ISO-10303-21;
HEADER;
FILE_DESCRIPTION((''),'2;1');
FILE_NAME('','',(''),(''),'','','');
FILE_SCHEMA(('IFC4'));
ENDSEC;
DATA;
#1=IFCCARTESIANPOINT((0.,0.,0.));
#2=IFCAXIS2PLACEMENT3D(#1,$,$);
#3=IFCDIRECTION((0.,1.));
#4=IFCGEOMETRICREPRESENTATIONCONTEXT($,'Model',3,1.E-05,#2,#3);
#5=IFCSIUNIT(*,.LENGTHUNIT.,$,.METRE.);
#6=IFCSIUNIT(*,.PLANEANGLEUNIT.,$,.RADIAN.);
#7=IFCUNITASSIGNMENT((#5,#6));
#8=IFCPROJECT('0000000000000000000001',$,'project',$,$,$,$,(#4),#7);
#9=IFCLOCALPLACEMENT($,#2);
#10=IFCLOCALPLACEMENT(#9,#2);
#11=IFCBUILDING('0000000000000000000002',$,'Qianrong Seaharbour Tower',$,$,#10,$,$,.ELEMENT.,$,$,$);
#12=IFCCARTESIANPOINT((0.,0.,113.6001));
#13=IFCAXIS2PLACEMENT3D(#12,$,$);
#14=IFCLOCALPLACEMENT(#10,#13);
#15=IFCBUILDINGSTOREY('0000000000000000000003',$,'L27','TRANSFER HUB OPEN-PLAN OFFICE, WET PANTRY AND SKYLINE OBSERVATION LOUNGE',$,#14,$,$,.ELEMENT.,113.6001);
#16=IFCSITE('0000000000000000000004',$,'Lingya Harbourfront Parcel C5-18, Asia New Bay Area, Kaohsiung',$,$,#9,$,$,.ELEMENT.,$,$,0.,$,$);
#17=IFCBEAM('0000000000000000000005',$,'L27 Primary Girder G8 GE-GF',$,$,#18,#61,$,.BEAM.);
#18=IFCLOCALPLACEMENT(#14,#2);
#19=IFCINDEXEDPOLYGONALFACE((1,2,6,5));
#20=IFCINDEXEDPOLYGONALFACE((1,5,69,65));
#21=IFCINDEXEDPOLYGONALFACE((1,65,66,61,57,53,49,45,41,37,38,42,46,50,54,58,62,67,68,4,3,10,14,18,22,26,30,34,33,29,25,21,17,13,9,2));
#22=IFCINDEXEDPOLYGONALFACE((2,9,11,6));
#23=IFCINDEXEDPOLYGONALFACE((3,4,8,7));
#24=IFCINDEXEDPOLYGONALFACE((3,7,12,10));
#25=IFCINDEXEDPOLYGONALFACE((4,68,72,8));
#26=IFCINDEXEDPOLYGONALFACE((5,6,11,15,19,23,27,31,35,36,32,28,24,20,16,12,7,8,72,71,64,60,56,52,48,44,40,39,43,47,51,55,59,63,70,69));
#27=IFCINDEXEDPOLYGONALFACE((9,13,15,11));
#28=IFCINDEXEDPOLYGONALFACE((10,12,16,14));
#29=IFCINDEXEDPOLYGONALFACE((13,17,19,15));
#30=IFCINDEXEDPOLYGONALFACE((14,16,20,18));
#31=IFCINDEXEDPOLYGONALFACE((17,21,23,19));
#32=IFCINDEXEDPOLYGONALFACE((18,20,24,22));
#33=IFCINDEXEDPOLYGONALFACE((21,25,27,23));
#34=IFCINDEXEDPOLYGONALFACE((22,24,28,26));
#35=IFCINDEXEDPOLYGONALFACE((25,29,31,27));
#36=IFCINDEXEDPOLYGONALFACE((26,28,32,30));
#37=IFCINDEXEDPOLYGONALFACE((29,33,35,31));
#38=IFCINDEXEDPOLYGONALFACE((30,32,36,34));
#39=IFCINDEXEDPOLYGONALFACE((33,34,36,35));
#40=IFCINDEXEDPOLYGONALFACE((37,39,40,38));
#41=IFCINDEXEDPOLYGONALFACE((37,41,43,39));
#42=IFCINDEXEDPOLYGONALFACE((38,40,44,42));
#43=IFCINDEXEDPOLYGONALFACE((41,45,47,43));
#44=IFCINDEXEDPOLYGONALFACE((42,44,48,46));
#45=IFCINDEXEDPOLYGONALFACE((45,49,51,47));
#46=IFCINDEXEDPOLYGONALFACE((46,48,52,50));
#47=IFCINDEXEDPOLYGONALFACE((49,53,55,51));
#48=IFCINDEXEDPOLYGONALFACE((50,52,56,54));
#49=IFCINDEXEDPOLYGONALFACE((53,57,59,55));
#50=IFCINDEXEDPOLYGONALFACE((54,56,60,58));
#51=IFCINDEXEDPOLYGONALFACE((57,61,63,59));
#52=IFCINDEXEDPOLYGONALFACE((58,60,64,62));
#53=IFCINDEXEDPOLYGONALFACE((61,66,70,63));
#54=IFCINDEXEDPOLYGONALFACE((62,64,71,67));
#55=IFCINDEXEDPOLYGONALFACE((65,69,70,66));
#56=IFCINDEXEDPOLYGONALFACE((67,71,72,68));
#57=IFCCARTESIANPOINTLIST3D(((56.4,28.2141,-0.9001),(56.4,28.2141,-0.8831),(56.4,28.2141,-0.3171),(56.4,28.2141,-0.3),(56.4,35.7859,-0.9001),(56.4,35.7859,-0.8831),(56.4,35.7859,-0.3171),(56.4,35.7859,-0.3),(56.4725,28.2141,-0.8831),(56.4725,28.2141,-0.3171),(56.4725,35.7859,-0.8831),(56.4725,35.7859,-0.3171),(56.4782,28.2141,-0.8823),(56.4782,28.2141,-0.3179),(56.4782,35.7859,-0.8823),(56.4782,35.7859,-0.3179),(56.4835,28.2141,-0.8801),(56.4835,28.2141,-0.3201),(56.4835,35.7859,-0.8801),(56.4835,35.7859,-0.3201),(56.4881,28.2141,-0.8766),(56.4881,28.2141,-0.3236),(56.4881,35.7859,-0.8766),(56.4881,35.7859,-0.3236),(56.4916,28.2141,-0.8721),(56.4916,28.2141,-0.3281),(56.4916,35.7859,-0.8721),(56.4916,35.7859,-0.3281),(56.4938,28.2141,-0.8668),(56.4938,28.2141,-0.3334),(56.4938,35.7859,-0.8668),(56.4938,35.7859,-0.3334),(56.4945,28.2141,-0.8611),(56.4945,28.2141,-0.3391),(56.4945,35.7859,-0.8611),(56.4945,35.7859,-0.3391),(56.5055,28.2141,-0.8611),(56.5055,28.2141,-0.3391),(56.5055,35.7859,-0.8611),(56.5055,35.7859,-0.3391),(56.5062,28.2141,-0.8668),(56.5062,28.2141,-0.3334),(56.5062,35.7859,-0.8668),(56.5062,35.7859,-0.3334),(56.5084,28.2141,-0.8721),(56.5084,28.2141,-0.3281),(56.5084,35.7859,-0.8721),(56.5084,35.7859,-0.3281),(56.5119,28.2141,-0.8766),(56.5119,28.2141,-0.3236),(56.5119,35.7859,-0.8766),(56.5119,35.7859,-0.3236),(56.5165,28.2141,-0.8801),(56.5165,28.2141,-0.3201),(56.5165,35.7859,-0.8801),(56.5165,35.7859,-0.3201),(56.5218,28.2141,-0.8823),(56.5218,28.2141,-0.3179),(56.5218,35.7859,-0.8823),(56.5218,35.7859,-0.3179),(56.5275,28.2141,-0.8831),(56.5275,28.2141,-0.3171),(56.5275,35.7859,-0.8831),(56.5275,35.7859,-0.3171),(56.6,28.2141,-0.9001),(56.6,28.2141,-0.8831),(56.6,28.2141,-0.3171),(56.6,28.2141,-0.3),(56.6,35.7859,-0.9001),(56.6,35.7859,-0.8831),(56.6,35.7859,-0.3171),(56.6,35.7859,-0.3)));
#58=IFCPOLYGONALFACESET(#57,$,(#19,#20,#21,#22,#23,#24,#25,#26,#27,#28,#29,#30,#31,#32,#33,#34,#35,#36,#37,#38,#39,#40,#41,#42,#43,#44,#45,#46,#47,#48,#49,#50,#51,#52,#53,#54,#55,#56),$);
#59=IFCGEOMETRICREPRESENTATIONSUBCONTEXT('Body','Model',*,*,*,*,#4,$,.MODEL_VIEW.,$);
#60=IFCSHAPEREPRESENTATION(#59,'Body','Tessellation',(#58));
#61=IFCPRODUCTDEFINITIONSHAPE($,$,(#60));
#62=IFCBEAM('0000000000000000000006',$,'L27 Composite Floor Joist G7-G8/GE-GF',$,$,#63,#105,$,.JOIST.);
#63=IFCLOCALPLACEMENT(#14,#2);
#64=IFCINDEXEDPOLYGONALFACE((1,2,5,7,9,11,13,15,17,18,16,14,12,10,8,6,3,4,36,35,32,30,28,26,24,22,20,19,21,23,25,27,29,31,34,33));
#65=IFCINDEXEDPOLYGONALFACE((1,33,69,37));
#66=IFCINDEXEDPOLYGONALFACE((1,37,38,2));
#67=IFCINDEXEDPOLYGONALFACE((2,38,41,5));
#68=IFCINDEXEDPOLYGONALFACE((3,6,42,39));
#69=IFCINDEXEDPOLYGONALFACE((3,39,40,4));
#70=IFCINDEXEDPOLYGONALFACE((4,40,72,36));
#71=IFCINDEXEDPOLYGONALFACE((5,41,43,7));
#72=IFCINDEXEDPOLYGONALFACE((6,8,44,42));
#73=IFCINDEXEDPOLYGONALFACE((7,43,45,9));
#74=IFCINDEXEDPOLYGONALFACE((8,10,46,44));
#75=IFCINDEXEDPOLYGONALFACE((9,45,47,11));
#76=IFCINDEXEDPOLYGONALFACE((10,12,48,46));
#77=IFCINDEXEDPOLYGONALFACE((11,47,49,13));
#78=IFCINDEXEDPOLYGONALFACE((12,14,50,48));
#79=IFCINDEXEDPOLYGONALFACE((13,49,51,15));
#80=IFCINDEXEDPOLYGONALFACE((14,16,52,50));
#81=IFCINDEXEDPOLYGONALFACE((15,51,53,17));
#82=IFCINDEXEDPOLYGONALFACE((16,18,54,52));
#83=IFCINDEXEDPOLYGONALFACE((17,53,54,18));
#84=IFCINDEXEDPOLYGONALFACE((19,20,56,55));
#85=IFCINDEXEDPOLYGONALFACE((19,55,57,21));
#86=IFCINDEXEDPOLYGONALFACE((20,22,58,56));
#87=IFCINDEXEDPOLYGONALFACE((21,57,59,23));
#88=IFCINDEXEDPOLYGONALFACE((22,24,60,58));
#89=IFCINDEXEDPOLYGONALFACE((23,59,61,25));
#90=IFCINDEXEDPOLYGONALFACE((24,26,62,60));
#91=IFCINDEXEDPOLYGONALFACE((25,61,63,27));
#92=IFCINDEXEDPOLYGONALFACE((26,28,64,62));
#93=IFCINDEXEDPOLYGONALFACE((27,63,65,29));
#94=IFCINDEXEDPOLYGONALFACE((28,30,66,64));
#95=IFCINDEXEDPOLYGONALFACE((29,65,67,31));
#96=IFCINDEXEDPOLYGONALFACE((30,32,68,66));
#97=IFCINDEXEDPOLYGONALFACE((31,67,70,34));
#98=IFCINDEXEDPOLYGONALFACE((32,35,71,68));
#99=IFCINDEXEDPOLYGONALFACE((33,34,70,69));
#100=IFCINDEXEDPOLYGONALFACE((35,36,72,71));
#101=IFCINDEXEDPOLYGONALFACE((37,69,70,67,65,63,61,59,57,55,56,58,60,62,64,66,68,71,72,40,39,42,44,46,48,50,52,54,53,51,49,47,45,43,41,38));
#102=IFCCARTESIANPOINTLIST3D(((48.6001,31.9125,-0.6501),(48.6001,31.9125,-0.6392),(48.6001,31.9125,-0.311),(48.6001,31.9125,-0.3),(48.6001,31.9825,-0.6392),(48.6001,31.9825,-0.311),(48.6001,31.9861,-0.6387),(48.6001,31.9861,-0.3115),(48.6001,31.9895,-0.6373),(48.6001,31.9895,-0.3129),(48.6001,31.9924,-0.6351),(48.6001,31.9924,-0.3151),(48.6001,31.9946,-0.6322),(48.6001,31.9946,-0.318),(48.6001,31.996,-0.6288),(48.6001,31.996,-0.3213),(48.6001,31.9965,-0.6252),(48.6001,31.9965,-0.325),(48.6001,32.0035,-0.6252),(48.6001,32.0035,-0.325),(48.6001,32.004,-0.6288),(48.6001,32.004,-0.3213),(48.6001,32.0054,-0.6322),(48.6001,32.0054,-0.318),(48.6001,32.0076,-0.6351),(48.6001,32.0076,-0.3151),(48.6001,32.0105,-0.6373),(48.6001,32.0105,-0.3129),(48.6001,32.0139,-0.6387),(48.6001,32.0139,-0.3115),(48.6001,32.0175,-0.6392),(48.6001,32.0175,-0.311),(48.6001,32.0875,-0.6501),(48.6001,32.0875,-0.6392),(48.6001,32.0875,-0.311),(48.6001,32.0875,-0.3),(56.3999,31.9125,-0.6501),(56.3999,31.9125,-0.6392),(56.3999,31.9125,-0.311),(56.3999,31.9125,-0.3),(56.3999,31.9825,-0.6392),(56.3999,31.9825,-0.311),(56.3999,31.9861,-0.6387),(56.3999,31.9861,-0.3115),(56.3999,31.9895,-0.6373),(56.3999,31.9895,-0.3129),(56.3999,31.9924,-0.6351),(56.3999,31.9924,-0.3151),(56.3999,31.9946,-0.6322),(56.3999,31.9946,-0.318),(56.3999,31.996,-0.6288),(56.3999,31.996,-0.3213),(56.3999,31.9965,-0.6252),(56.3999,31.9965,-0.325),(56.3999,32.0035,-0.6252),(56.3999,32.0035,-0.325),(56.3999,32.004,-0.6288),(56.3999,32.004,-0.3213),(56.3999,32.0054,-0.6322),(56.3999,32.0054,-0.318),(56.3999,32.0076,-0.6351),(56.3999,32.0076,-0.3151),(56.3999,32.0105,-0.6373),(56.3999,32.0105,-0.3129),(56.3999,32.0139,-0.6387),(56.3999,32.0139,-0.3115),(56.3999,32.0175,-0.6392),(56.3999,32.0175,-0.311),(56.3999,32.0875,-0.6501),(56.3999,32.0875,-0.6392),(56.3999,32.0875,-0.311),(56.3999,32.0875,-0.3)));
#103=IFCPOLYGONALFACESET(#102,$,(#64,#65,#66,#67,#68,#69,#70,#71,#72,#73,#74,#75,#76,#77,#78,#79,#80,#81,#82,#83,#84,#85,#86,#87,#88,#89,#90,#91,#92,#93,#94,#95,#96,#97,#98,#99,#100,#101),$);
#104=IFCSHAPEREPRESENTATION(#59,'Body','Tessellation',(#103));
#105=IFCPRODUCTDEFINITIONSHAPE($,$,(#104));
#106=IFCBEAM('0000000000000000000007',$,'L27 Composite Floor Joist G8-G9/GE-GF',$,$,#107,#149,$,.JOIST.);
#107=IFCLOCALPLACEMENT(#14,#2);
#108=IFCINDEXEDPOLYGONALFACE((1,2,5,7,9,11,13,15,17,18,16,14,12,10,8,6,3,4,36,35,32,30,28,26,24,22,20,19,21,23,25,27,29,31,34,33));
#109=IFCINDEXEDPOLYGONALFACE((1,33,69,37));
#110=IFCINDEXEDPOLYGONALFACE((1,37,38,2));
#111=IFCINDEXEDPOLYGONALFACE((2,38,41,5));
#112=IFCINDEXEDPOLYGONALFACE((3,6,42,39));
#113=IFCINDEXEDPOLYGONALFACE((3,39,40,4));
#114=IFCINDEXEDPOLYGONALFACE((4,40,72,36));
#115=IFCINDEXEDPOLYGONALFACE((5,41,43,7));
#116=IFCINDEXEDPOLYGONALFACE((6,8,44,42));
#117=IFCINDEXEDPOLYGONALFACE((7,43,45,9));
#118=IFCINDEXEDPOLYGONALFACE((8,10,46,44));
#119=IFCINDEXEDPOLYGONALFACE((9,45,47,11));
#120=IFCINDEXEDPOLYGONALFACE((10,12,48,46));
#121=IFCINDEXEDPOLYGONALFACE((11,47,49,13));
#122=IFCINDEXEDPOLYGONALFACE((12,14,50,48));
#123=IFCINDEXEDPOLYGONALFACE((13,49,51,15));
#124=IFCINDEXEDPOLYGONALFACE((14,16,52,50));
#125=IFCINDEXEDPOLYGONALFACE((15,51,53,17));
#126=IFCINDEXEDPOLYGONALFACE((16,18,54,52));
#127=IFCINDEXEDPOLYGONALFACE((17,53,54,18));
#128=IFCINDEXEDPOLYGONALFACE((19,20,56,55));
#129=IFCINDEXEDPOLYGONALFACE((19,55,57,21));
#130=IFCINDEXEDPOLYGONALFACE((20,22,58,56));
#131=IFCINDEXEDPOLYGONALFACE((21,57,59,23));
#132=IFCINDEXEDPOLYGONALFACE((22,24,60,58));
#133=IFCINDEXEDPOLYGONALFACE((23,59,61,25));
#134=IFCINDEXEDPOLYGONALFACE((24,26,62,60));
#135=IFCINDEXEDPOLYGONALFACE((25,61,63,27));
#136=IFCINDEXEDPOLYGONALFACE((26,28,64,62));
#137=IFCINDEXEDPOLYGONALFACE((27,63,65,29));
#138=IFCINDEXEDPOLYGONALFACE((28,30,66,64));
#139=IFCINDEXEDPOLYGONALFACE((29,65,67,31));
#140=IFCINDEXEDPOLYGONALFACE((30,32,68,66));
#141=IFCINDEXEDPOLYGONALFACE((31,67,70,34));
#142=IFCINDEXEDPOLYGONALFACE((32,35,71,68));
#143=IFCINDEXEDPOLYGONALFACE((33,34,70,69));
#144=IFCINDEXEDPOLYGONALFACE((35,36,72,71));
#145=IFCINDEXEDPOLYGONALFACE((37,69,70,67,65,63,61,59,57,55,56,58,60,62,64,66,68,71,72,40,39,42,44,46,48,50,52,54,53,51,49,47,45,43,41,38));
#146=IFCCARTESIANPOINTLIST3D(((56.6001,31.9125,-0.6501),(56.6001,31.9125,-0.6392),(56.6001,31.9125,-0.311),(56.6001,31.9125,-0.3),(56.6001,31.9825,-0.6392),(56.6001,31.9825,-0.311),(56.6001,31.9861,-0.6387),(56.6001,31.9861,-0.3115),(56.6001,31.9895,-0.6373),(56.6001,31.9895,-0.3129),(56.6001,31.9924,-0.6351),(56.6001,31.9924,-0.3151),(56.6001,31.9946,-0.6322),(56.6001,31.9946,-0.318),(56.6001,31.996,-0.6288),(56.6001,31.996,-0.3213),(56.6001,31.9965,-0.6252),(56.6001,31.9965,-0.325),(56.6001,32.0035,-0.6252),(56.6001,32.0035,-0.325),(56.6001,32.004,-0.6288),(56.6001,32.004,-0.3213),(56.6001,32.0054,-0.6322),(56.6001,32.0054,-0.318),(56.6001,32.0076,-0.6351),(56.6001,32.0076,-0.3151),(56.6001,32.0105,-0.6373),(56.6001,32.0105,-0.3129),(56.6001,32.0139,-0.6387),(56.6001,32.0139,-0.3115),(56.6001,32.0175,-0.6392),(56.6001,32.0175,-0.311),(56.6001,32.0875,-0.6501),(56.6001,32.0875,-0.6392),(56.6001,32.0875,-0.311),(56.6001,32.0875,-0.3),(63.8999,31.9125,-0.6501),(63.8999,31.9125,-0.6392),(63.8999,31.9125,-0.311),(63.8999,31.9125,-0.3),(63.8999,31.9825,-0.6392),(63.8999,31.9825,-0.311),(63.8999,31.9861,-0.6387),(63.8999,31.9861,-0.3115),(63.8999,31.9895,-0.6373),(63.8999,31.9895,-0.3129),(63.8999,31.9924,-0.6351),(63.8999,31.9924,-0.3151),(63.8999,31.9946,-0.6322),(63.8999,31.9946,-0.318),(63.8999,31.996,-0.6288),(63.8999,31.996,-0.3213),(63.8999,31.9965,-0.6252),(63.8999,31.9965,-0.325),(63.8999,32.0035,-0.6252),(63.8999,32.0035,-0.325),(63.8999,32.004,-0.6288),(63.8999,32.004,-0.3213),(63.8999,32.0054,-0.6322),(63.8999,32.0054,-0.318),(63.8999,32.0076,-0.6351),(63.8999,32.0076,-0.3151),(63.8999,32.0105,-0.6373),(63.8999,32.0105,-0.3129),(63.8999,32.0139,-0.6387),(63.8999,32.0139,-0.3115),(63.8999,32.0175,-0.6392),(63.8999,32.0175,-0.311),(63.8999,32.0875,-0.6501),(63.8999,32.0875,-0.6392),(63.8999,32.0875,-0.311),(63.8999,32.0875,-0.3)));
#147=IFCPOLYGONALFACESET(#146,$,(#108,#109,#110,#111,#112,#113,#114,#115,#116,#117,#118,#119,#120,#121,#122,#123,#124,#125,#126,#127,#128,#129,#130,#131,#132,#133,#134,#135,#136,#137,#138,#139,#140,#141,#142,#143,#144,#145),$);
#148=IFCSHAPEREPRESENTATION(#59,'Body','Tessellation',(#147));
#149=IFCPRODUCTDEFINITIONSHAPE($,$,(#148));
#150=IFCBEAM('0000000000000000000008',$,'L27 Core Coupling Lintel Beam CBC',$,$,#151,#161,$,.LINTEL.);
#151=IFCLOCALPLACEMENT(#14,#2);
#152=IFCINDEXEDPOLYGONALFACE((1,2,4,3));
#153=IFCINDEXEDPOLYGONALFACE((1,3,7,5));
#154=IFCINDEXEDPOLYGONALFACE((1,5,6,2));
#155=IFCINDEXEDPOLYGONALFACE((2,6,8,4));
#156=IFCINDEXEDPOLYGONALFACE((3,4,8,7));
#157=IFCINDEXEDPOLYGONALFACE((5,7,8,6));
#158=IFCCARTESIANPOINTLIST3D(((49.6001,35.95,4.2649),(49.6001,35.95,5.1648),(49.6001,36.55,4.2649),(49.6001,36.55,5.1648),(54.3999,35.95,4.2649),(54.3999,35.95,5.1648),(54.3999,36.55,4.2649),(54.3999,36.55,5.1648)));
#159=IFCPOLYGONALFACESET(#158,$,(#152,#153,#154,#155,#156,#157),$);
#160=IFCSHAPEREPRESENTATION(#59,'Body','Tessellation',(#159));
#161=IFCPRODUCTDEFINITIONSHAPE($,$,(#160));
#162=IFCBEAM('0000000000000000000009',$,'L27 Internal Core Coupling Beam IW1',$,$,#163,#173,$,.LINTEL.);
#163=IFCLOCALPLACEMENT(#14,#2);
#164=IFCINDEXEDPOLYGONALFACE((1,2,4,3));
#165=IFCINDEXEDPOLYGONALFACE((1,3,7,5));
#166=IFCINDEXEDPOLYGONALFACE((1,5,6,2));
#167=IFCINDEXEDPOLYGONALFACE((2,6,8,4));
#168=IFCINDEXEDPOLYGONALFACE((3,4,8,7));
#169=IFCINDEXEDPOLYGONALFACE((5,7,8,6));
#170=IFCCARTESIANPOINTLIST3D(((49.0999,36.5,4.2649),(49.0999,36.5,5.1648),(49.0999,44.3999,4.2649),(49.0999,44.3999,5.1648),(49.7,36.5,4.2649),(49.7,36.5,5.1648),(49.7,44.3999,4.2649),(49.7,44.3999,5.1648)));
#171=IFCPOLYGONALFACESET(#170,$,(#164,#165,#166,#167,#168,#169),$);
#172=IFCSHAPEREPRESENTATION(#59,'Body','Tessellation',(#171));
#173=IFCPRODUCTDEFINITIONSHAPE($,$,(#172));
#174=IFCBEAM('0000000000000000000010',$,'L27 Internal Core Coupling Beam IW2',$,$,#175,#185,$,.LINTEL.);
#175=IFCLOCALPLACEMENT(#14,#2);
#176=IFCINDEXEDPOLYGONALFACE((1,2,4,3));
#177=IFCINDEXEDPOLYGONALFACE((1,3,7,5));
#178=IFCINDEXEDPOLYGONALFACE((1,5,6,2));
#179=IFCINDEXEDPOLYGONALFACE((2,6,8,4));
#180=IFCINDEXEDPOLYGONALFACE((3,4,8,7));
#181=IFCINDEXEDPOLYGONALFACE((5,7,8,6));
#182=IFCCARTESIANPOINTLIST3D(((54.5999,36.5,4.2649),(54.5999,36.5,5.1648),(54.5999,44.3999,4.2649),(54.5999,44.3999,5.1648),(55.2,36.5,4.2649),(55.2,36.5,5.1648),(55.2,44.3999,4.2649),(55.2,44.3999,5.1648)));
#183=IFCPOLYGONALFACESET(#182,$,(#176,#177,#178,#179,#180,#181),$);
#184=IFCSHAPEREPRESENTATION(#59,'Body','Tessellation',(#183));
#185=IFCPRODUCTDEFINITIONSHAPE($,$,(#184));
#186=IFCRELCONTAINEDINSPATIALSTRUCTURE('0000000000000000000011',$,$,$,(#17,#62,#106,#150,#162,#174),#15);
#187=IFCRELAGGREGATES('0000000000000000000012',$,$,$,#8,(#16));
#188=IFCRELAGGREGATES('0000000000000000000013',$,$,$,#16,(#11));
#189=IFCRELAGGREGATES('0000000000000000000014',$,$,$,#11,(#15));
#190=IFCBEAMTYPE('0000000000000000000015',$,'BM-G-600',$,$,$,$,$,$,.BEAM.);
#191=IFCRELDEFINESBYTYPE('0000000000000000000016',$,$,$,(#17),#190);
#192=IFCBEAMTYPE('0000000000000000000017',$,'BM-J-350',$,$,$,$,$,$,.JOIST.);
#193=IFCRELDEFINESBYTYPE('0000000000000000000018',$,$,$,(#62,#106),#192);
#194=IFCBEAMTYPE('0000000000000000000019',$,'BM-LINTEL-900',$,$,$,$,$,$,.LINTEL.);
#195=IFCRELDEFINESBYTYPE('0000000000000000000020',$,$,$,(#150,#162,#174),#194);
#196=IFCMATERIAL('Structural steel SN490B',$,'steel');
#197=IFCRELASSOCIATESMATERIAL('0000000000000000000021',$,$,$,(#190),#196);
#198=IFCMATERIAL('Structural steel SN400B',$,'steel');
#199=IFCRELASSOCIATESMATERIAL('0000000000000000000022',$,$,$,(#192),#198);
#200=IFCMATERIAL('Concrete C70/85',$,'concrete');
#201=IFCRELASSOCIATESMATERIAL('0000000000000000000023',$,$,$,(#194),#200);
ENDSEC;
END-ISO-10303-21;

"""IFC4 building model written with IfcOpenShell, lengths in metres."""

from ifc_helpers import new_model, si_unit, direction, frame, origin, origin_2d, place, context, subcontext, project, spatial, rectangle, i_section, extrude, material, material_profile, profile_set, type_object, element, save


model = new_model("IFC4")

# Units and contexts
model_context = context("Model", 3, precision=1e-05, world=origin(), true_north=direction((0.0, 1.0)))
body_context = subcontext(model_context, "Body", "Model", "MODEL_VIEW")
ifc_project = project(units=[si_unit("LENGTHUNIT", "METRE"), si_unit("PLANEANGLEUNIT", "RADIAN")], contexts=[model_context])

# Site, building, storey
site_placement = place(None, origin())
site = spatial("IfcSite", under=ifc_project, at=site_placement, Name="Lingya Harbourfront Parcel C5-18, Asia New Bay Area, Kaohsiung", CompositionType="ELEMENT", RefElevation=0.0)
building_placement = place(site_placement, origin())
building = spatial("IfcBuilding", under=site, at=building_placement, Name="Qianrong Seaharbour Tower", CompositionType="ELEMENT")
storey_placement = place(building_placement, frame((0.0, 0.0, 113.6001)))
storey = spatial("IfcBuildingStorey", under=building, at=storey_placement, Name="L27", Description="TRANSFER HUB OPEN-PLAN OFFICE, WET PANTRY AND SKYLINE OBSERVATION LOUNGE", CompositionType="ELEMENT", Elevation=113.6001)

# Shared definitions
ifc_material_1 = material(Name="Structural steel SN490B", Category="steel")

# Beams
ifc_material_profile_1 = material_profile(ifc_material_1, i_section(OverallWidth=0.2, OverallDepth=0.6001, WebThickness=0.011, FlangeThickness=0.0171, FilletRadius=0.022, at=origin_2d()), Name="H600x200x11x17")
ifc_profile_set_1 = profile_set([ifc_material_profile_1], Name="Structural steel SN490B")
beam_type_1 = type_object("IfcBeamType", Name="BM-G-600", PredefinedType="BEAM", material=ifc_profile_set_1)
for number, where, z_axis, x_axis, name in (
    (1, (56.5, 28.2141, -0.6001), (0.0, 1.0, 0.0), (-1.0, 0.0, 0.0), "L27 Primary Girder G8 GE-GF"),
):
    element("IfcBeam", number, at=place(storey_placement, frame(where, z_axis=z_axis, x_axis=x_axis)), inside=storey, type_object=beam_type_1, Name=name, PredefinedType="BEAM", context=body_context, shape_type="SweptSolid", body=[
        extrude(i_section(OverallWidth=0.2, OverallDepth=0.6001, WebThickness=0.011, FlangeThickness=0.0171, FilletRadius=0.022, at=origin_2d()), origin(), (0.0, 0.0, 1.0), 7.5718),
    ])
ifc_material_2 = material(Name="Structural steel SN400B", Category="steel")
ifc_material_profile_2 = material_profile(ifc_material_2, i_section(OverallWidth=0.175, OverallDepth=0.3501, WebThickness=0.0071, FlangeThickness=0.011, FilletRadius=0.0139, at=origin_2d()), Name="H350x175x7x11")
ifc_profile_set_2 = profile_set([ifc_material_profile_2], Name="Structural steel SN400B")
beam_type_2 = type_object("IfcBeamType", Name="BM-J-350", PredefinedType="JOIST", material=ifc_profile_set_2)
beam_1_placement = place(storey_placement, frame((48.6001, 32.0, -0.4751), z_axis=(1.0, 0.0, 0.0), x_axis=(0.0, 1.0, 0.0)))
element("IfcBeam", 2, at=beam_1_placement, inside=storey, type_object=beam_type_2, Name="L27 Composite Floor Joist G7-G8/GE-GF", PredefinedType="JOIST", context=body_context, shape_type="SweptSolid", body=[
    extrude(i_section(OverallWidth=0.175, OverallDepth=0.3501, WebThickness=0.0071, FlangeThickness=0.011, FilletRadius=0.0139, at=origin_2d()), origin(), (0.0, 0.0, 1.0), 7.7998),
])
beam_2_placement = place(storey_placement, frame((56.6001, 32.0, -0.4751), z_axis=(1.0, 0.0, 0.0), x_axis=(0.0, 1.0, 0.0)))
element("IfcBeam", 3, at=beam_2_placement, inside=storey, type_object=beam_type_2, Name="L27 Composite Floor Joist G8-G9/GE-GF", PredefinedType="JOIST", context=body_context, shape_type="SweptSolid", body=[
    extrude(i_section(OverallWidth=0.175, OverallDepth=0.3501, WebThickness=0.0071, FlangeThickness=0.011, FilletRadius=0.0139, at=origin_2d()), origin(), (0.0, 0.0, 1.0), 7.2998),
])
ifc_material_3 = material(Name="Concrete C70/85", Category="concrete")
ifc_material_profile_3 = material_profile(ifc_material_3, rectangle(XDim=0.6001, YDim=0.8999, at=origin_2d()), Name="RC600x900")
ifc_profile_set_3 = profile_set([ifc_material_profile_3], Name="Concrete C70/85")
beam_type_3 = type_object("IfcBeamType", Name="BM-LINTEL-900", PredefinedType="LINTEL", material=ifc_profile_set_3)
beam_3_placement = place(storey_placement, frame((49.6001, 36.25, 4.7148), z_axis=(1.0, 0.0, 0.0), x_axis=(0.0, 1.0, 0.0)))
element("IfcBeam", 4, at=beam_3_placement, inside=storey, type_object=beam_type_3, Name="L27 Core Coupling Lintel Beam CBC", PredefinedType="LINTEL", context=body_context, shape_type="SweptSolid", body=[
    extrude(rectangle(XDim=0.6001, YDim=0.8999, at=origin_2d()), origin(), (0.0, 0.0, 1.0), 4.7998),
])
for number, where, z_axis, x_axis, name in (
    (5, (49.3999, 36.5, 4.7148), (0.0, 1.0, 0.0), (-1.0, 0.0, 0.0), "L27 Internal Core Coupling Beam IW1"),
    (6, (54.8999, 36.5, 4.7148), (0.0, 1.0, 0.0), (-1.0, 0.0, 0.0), "L27 Internal Core Coupling Beam IW2"),
):
    element("IfcBeam", number, at=place(storey_placement, frame(where, z_axis=z_axis, x_axis=x_axis)), inside=storey, type_object=beam_type_3, Name=name, PredefinedType="LINTEL", context=body_context, shape_type="SweptSolid", body=[
        extrude(rectangle(XDim=0.6001, YDim=0.8999, at=origin_2d()), origin(), (0.0, 0.0, 1.0), 7.8999),
    ])

save(model, "model.ifc")
